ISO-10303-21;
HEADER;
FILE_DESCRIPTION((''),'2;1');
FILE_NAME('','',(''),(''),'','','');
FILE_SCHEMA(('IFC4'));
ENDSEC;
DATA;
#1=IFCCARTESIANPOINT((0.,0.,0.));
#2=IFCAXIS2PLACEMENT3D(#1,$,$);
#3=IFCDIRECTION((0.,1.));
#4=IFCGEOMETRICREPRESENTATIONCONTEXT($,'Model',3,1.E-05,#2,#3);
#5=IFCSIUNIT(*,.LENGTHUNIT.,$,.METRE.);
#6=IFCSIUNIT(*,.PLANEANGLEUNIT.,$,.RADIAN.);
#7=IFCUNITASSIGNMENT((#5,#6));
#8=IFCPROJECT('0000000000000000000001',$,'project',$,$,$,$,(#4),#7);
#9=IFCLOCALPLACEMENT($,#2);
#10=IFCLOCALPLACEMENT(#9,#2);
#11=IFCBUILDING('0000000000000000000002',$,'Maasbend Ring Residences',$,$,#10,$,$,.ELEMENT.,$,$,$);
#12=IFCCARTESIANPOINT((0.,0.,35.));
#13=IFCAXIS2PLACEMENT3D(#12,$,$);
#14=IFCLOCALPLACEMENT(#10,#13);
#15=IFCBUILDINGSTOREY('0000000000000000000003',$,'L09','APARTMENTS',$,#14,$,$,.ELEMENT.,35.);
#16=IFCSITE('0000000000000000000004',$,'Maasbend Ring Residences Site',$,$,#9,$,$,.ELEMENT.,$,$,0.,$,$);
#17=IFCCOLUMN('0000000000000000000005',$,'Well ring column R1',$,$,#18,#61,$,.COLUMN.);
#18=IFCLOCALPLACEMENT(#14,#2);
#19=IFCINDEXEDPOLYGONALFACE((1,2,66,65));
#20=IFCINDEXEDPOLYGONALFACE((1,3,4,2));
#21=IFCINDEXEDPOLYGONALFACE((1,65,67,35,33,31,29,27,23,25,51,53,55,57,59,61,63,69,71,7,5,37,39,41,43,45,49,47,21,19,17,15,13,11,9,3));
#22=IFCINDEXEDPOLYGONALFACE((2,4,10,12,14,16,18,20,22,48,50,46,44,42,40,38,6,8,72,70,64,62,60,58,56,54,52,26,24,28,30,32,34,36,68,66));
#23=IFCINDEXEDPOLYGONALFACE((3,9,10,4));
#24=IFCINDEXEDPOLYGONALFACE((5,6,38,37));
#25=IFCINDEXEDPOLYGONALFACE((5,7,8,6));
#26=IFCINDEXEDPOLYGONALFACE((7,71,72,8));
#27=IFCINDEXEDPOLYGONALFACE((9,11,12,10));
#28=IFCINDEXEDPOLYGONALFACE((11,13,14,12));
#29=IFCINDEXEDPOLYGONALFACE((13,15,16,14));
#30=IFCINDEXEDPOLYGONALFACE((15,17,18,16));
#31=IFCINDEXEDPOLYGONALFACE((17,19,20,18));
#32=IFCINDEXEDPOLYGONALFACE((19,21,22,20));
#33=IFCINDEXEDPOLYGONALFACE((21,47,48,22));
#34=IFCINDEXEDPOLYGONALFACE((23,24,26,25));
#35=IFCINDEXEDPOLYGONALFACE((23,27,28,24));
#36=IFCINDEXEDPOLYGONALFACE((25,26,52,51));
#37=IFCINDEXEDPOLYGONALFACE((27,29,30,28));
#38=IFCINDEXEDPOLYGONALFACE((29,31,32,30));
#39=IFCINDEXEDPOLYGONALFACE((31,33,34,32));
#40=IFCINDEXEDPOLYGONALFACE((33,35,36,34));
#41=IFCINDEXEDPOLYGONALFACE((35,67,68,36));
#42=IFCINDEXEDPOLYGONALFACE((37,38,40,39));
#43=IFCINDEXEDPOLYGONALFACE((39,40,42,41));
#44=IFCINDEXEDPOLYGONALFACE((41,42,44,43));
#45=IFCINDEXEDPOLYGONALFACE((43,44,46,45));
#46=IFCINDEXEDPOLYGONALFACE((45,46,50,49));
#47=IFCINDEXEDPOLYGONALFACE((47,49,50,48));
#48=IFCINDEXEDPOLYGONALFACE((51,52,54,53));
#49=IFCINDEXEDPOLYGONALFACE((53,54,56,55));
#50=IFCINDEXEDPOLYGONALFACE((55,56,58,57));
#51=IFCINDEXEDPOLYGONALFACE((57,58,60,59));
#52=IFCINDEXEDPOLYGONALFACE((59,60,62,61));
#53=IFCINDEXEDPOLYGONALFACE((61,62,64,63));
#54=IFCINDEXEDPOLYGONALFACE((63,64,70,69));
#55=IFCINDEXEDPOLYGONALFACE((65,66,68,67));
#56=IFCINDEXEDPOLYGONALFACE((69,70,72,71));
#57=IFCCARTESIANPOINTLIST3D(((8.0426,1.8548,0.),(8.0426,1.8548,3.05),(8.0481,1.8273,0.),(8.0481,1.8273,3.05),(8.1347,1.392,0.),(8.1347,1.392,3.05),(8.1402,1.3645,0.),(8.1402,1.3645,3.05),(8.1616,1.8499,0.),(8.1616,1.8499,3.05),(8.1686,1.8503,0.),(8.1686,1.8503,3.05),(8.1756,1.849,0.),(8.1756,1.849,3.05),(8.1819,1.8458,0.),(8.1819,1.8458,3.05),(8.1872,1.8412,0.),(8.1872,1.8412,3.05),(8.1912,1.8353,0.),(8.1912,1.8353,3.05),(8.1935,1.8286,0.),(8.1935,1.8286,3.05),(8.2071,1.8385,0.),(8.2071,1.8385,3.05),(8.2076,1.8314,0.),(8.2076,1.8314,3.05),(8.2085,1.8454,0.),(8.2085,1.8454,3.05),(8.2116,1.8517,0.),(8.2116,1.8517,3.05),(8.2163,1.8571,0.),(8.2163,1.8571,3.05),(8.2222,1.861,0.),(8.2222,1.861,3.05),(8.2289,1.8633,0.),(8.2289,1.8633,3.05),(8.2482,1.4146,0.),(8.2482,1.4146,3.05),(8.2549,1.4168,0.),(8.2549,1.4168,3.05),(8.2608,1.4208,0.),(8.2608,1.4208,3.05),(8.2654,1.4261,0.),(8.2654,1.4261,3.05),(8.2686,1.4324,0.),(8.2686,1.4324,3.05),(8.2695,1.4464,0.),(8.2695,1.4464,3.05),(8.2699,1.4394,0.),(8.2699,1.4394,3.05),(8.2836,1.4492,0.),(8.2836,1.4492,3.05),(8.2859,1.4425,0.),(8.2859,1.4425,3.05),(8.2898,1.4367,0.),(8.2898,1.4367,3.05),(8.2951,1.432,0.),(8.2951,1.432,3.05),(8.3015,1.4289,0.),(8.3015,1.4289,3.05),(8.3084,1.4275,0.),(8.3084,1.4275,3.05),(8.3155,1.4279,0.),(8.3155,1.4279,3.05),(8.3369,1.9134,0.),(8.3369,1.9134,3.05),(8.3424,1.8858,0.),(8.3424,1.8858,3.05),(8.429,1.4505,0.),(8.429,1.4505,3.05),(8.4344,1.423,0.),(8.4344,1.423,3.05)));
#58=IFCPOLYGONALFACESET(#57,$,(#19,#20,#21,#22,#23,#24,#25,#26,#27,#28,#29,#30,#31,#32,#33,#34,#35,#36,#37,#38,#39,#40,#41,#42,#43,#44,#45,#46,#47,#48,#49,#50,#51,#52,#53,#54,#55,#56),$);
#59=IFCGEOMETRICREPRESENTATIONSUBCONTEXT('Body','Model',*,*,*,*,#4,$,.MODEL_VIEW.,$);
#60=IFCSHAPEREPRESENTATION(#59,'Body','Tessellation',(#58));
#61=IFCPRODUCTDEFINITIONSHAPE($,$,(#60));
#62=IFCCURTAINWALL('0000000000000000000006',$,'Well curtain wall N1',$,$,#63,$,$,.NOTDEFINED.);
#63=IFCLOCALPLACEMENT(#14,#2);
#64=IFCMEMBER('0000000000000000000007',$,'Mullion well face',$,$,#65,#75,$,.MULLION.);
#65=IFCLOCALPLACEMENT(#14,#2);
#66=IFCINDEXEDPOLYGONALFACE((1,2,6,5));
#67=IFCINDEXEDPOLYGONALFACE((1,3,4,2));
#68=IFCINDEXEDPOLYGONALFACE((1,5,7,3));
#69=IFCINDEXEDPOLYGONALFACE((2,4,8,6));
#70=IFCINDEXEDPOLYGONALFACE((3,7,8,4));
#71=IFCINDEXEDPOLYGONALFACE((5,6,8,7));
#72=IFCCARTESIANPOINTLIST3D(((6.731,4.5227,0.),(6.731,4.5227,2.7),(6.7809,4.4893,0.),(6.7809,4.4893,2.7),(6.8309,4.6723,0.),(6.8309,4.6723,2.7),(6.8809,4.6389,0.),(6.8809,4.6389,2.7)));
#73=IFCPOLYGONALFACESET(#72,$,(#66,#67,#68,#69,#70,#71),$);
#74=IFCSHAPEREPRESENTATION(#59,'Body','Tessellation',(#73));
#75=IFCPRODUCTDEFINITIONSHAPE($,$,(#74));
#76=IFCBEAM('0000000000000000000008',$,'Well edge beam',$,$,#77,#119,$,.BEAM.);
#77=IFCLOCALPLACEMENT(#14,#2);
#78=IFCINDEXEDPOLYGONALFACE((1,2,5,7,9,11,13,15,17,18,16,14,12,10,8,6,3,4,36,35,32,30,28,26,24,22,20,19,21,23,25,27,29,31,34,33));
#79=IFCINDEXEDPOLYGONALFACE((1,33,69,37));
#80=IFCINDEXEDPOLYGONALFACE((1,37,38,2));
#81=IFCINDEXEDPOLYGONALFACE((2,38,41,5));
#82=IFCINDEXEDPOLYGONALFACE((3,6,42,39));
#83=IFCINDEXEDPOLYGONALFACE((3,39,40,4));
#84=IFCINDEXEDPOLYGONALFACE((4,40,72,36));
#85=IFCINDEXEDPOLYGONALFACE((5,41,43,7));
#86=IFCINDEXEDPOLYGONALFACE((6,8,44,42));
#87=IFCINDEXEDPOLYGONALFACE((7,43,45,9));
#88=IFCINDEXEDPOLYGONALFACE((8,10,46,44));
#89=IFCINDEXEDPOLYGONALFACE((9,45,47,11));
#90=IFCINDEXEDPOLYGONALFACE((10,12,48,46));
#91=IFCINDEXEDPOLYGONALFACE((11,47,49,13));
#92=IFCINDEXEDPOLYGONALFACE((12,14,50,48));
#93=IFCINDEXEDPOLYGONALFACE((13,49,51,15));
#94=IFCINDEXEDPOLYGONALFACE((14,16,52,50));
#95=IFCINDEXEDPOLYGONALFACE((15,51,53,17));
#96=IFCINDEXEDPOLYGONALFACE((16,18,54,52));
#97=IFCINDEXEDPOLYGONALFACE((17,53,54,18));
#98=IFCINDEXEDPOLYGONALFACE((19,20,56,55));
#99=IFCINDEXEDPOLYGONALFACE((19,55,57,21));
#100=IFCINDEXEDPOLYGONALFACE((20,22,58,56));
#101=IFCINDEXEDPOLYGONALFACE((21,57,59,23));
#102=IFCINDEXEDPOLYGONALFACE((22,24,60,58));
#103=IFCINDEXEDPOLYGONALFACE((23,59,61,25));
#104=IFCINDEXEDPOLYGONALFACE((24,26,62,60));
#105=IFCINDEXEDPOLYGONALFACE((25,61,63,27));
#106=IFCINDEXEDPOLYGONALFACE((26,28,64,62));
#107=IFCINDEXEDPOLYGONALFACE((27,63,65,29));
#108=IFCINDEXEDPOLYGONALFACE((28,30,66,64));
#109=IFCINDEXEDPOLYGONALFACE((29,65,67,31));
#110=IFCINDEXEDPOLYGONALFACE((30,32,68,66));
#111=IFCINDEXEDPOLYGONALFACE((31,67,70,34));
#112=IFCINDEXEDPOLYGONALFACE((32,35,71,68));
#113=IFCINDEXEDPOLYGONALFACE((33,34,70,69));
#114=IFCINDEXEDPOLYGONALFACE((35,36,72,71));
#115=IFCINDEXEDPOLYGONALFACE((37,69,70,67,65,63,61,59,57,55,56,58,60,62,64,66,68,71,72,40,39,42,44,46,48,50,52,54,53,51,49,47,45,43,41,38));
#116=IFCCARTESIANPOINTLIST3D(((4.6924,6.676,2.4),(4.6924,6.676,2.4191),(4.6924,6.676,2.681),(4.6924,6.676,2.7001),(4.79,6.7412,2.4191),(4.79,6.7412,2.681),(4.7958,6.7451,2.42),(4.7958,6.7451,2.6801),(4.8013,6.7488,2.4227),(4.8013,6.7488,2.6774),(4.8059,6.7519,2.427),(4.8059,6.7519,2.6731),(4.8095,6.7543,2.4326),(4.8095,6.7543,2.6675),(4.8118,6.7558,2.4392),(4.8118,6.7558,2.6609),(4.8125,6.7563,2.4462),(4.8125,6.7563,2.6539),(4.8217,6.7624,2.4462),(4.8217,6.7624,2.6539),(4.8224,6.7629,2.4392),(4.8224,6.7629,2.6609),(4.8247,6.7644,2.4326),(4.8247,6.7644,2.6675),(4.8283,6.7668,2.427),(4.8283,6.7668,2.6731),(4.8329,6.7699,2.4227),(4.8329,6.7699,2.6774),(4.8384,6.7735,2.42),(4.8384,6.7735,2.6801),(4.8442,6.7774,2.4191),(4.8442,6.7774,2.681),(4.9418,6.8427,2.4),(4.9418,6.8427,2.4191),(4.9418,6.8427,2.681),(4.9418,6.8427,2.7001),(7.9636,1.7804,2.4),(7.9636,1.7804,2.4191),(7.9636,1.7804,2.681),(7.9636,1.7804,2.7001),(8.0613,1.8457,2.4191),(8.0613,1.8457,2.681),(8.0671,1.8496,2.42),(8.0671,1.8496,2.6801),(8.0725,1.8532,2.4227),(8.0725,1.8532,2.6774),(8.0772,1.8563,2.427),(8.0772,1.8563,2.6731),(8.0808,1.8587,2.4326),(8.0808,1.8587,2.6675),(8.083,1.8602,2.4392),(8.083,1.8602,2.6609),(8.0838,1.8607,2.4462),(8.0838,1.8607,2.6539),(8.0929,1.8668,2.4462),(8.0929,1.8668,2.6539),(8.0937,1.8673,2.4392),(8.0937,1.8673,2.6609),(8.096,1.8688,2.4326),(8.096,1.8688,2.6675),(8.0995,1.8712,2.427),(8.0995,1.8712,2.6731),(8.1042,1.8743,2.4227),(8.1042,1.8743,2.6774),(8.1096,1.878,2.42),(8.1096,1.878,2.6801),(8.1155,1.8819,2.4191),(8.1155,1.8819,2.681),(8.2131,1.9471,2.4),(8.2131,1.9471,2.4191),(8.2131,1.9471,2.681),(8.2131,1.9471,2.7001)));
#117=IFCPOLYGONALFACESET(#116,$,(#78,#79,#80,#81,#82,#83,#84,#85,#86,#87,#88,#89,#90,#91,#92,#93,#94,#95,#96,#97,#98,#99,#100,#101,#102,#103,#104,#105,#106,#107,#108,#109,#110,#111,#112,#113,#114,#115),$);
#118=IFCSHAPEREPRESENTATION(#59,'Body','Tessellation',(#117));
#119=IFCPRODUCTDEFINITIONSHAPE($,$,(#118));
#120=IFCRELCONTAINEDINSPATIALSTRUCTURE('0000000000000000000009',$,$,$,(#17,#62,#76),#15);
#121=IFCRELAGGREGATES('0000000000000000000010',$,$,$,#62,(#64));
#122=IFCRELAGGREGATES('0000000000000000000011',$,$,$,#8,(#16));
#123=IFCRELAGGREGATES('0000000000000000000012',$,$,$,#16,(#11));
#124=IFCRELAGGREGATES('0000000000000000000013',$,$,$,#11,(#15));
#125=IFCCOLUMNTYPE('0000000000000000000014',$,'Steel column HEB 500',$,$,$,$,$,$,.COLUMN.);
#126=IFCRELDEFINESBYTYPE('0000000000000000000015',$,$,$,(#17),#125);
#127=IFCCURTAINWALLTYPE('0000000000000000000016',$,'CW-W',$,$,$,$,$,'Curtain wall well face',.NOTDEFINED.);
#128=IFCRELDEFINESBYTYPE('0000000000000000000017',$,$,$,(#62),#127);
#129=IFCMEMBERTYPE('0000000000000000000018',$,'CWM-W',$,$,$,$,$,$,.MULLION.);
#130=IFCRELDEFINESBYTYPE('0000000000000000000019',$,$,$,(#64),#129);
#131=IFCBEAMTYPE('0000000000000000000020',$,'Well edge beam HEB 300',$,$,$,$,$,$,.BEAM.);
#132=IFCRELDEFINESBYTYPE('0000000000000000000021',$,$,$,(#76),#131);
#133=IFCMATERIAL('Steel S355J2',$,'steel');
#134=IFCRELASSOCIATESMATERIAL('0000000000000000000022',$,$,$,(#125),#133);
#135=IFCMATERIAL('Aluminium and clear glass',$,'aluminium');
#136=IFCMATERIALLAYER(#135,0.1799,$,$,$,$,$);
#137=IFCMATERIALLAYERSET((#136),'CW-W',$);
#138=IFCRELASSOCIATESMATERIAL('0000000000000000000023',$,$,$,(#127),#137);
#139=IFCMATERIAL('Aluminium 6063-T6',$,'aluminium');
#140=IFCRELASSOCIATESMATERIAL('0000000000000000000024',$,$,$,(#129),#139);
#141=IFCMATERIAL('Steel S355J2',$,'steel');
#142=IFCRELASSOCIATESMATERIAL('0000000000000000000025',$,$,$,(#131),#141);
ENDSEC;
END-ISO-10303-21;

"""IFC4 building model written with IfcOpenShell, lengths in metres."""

from ifc_helpers import new_model, si_unit, direction, frame, origin, origin_2d, place, context, subcontext, project, spatial, rectangle, i_section, extrude, material, layer, layer_set, material_profile, profile_set, type_object, element, aggregate, save


model = new_model("IFC4")

# Units and contexts
model_context = context("Model", 3, precision=1e-05, world=origin(), true_north=direction((0.0, 1.0)))
body_context = subcontext(model_context, "Body", "Model", "MODEL_VIEW")
ifc_project = project(units=[si_unit("LENGTHUNIT", "METRE"), si_unit("PLANEANGLEUNIT", "RADIAN")], contexts=[model_context])

# Site, building, storey
site_placement = place(None, origin())
site = spatial("IfcSite", under=ifc_project, at=site_placement, Name="Maasbend Ring Residences Site", CompositionType="ELEMENT", RefElevation=0.0)
building_placement = place(site_placement, origin())
building = spatial("IfcBuilding", under=site, at=building_placement, Name="Maasbend Ring Residences", CompositionType="ELEMENT")
storey_placement = place(building_placement, frame((0.0, 0.0, 35.0)))
storey = spatial("IfcBuildingStorey", under=building, at=storey_placement, Name="L09", Description="APARTMENTS", CompositionType="ELEMENT", Elevation=35.0)

# Column
ifc_material_1 = material(Name="Steel S355J2", Category="steel")
ifc_material_profile_1 = material_profile(ifc_material_1, i_section(OverallWidth=0.3, OverallDepth=0.5, WebThickness=0.0144, FlangeThickness=0.0281, FilletRadius=0.0271, at=origin_2d()), Name="HEB 500")
ifc_profile_set_1 = profile_set([ifc_material_profile_1], Name="Steel S355J2")
column_type = type_object("IfcColumnType", Name="Steel column HEB 500", PredefinedType="COLUMN", material=ifc_profile_set_1)
column_placement = place(storey_placement, frame((8.2385, 1.6389, 0.0), z_axis=(0.0, 0.0, 1.0), x_axis=(0.980785, 0.19509, 0.0)))
element("IfcColumn", 1, at=column_placement, inside=storey, type_object=column_type, Name="Well ring column R1", PredefinedType="COLUMN", context=body_context, shape_type="SweptSolid", body=[
    extrude(i_section(OverallWidth=0.3, OverallDepth=0.5, WebThickness=0.0144, FlangeThickness=0.0281, FilletRadius=0.0271, at=origin_2d()), origin(), (0.0, 0.0, 1.0), 3.05),
])

# Curtain wall, member
ifc_material_2 = material(Name="Aluminium and clear glass", Category="aluminium")
ifc_layer_1 = layer(ifc_material_2, 0.1799)
ifc_layer_set_1 = layer_set([ifc_layer_1], Name="CW-W")
curtain_wall_type = type_object("IfcCurtainWallType", Name="CW-W", ElementType="Curtain wall well face", PredefinedType="NOTDEFINED", material=ifc_layer_set_1)
curtain_wall_placement = place(storey_placement, origin())
curtain_wall = element("IfcCurtainWall", 2, at=curtain_wall_placement, inside=storey, type_object=curtain_wall_type, Name="Well curtain wall N1", PredefinedType="NOTDEFINED")
ifc_material_3 = material(Name="Aluminium 6063-T6", Category="aluminium")
ifc_material_profile_2 = material_profile(ifc_material_3, rectangle(XDim=0.1799, YDim=0.0601, at=origin_2d()), Name="AL 180x60")
ifc_profile_set_2 = profile_set([ifc_material_profile_2], Name="Aluminium 6063-T6")
member_type = type_object("IfcMemberType", Name="CWM-W", PredefinedType="MULLION", material=ifc_profile_set_2)
member_placement = place(storey_placement, frame((6.8059, 4.5808, 0.0), z_axis=(0.0, 0.0, 1.0), x_axis=(-0.55557, -0.83147, 0.0)))
member = element("IfcMember", 3, at=member_placement, type_object=member_type, Name="Mullion well face", PredefinedType="MULLION", context=body_context, shape_type="SweptSolid", body=[
    extrude(rectangle(XDim=0.1799, YDim=0.0601, at=origin_2d()), origin(), (0.0, 0.0, 1.0), 2.7),
])
aggregate(curtain_wall, [member])

# Beam
ifc_material_4 = material(Name="Steel S355J2", Category="steel")
ifc_material_profile_3 = material_profile(ifc_material_4, i_section(OverallWidth=0.3, OverallDepth=0.3, WebThickness=0.011, FlangeThickness=0.019, FilletRadius=0.0271, at=origin_2d()), Name="HEB 300")
ifc_profile_set_3 = profile_set([ifc_material_profile_3], Name="Steel S355J2")
beam_type = type_object("IfcBeamType", Name="Well edge beam HEB 300", PredefinedType="BEAM", material=ifc_profile_set_3)
beam_placement = place(storey_placement, frame((8.0884, 1.8638, 2.55), z_axis=(-0.55559, 0.831457, 0.0), x_axis=(-0.831457, -0.55559, 0.0)))
element("IfcBeam", 4, at=beam_placement, inside=storey, type_object=beam_type, Name="Well edge beam", PredefinedType="BEAM", context=body_context, shape_type="SweptSolid", body=[
    extrude(i_section(OverallWidth=0.3, OverallDepth=0.3, WebThickness=0.011, FlangeThickness=0.019, FilletRadius=0.0271, at=origin_2d()), origin(), (0.0, 0.0, 1.0), 5.8879),
])

save(model, "model.ifc")
